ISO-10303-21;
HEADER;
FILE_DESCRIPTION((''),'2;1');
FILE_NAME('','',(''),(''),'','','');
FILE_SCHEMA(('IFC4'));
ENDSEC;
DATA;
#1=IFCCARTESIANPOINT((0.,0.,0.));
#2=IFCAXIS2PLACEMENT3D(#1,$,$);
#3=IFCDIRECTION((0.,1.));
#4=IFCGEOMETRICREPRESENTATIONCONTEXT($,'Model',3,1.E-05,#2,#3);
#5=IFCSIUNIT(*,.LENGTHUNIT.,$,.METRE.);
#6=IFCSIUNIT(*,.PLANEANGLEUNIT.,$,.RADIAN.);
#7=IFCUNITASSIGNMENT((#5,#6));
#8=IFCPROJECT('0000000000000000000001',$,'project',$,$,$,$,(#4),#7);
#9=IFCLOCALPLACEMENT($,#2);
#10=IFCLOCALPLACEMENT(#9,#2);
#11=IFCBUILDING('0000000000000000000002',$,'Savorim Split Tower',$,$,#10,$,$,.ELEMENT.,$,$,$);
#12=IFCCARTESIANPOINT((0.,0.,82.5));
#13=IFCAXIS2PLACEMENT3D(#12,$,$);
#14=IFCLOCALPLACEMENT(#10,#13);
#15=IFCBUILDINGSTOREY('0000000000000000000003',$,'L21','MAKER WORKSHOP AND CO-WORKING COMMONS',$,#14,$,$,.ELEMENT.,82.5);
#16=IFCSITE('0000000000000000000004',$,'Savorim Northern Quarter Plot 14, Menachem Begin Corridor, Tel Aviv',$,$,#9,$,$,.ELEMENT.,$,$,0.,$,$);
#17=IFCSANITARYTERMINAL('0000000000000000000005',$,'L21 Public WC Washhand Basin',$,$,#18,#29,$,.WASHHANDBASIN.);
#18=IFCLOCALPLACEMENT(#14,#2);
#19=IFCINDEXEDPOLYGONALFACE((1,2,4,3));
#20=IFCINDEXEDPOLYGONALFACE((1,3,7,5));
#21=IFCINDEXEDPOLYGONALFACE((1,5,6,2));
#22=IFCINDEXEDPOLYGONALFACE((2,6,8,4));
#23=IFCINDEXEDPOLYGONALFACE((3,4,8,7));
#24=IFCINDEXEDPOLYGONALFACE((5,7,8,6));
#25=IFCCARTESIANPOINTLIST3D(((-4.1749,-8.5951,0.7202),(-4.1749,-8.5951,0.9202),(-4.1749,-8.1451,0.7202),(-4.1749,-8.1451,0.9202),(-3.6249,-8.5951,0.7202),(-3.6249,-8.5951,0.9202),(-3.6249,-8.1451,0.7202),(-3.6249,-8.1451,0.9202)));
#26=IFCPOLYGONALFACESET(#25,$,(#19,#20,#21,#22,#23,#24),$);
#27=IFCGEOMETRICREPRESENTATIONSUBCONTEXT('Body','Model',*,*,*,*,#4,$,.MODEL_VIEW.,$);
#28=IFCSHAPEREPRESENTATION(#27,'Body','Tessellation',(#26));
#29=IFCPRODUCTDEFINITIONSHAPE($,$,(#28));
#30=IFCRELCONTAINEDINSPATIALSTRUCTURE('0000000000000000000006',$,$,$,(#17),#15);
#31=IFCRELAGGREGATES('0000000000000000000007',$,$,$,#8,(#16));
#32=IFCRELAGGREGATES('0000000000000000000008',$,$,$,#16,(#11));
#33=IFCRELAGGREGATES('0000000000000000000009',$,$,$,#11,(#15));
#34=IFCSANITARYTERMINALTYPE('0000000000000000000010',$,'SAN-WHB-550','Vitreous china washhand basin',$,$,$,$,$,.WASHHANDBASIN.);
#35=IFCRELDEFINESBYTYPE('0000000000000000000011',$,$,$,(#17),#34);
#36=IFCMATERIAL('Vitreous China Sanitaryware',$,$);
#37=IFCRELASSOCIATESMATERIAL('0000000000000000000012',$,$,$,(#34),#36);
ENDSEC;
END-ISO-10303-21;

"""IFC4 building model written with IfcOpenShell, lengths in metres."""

from ifc_helpers import new_model, si_unit, direction, frame, origin, origin_2d, place, context, subcontext, project, spatial, rectangle, extrude, material, type_object, element, save


model = new_model("IFC4")

# Units and contexts
model_context = context("Model", 3, precision=1e-05, world=origin(), true_north=direction((0.0, 1.0)))
body_context = subcontext(model_context, "Body", "Model", "MODEL_VIEW")
ifc_project = project(units=[si_unit("LENGTHUNIT", "METRE"), si_unit("PLANEANGLEUNIT", "RADIAN")], contexts=[model_context])

# Site, building, storey
site_placement = place(None, origin())
site = spatial("IfcSite", under=ifc_project, at=site_placement, Name="Savorim Northern Quarter Plot 14, Menachem Begin Corridor, Tel Aviv", CompositionType="ELEMENT", RefElevation=0.0)
building_placement = place(site_placement, origin())
building = spatial("IfcBuilding", under=site, at=building_placement, Name="Savorim Split Tower", CompositionType="ELEMENT")
storey_placement = place(building_placement, frame((0.0, 0.0, 82.5)))
storey = spatial("IfcBuildingStorey", under=building, at=storey_placement, Name="L21", Description="MAKER WORKSHOP AND CO-WORKING COMMONS", CompositionType="ELEMENT", Elevation=82.5)

# Sanitary terminal
ifc_material_1 = material(Name="Vitreous China Sanitaryware")
sanitary_terminal_type_1 = type_object("IfcSanitaryTerminalType", Name="SAN-WHB-550", Description="Vitreous china washhand basin", PredefinedType="WASHHANDBASIN", material=ifc_material_1)
sanitary_terminal_1_placement = place(storey_placement, frame((-3.8999, -8.3701, 0.7202), z_axis=(0.0, 0.0, 1.0), x_axis=(1.0, 0.0, 0.0)))
element("IfcSanitaryTerminal", 1, at=sanitary_terminal_1_placement, inside=storey, type_object=sanitary_terminal_type_1, Name="L21 Public WC Washhand Basin", PredefinedType="WASHHANDBASIN", context=body_context, shape_type="SweptSolid", body=[
    extrude(rectangle(XDim=0.55, YDim=0.45, at=origin_2d()), origin(), (0.0, 0.0, 1.0), 0.2),
])

save(model, "model.ifc")
